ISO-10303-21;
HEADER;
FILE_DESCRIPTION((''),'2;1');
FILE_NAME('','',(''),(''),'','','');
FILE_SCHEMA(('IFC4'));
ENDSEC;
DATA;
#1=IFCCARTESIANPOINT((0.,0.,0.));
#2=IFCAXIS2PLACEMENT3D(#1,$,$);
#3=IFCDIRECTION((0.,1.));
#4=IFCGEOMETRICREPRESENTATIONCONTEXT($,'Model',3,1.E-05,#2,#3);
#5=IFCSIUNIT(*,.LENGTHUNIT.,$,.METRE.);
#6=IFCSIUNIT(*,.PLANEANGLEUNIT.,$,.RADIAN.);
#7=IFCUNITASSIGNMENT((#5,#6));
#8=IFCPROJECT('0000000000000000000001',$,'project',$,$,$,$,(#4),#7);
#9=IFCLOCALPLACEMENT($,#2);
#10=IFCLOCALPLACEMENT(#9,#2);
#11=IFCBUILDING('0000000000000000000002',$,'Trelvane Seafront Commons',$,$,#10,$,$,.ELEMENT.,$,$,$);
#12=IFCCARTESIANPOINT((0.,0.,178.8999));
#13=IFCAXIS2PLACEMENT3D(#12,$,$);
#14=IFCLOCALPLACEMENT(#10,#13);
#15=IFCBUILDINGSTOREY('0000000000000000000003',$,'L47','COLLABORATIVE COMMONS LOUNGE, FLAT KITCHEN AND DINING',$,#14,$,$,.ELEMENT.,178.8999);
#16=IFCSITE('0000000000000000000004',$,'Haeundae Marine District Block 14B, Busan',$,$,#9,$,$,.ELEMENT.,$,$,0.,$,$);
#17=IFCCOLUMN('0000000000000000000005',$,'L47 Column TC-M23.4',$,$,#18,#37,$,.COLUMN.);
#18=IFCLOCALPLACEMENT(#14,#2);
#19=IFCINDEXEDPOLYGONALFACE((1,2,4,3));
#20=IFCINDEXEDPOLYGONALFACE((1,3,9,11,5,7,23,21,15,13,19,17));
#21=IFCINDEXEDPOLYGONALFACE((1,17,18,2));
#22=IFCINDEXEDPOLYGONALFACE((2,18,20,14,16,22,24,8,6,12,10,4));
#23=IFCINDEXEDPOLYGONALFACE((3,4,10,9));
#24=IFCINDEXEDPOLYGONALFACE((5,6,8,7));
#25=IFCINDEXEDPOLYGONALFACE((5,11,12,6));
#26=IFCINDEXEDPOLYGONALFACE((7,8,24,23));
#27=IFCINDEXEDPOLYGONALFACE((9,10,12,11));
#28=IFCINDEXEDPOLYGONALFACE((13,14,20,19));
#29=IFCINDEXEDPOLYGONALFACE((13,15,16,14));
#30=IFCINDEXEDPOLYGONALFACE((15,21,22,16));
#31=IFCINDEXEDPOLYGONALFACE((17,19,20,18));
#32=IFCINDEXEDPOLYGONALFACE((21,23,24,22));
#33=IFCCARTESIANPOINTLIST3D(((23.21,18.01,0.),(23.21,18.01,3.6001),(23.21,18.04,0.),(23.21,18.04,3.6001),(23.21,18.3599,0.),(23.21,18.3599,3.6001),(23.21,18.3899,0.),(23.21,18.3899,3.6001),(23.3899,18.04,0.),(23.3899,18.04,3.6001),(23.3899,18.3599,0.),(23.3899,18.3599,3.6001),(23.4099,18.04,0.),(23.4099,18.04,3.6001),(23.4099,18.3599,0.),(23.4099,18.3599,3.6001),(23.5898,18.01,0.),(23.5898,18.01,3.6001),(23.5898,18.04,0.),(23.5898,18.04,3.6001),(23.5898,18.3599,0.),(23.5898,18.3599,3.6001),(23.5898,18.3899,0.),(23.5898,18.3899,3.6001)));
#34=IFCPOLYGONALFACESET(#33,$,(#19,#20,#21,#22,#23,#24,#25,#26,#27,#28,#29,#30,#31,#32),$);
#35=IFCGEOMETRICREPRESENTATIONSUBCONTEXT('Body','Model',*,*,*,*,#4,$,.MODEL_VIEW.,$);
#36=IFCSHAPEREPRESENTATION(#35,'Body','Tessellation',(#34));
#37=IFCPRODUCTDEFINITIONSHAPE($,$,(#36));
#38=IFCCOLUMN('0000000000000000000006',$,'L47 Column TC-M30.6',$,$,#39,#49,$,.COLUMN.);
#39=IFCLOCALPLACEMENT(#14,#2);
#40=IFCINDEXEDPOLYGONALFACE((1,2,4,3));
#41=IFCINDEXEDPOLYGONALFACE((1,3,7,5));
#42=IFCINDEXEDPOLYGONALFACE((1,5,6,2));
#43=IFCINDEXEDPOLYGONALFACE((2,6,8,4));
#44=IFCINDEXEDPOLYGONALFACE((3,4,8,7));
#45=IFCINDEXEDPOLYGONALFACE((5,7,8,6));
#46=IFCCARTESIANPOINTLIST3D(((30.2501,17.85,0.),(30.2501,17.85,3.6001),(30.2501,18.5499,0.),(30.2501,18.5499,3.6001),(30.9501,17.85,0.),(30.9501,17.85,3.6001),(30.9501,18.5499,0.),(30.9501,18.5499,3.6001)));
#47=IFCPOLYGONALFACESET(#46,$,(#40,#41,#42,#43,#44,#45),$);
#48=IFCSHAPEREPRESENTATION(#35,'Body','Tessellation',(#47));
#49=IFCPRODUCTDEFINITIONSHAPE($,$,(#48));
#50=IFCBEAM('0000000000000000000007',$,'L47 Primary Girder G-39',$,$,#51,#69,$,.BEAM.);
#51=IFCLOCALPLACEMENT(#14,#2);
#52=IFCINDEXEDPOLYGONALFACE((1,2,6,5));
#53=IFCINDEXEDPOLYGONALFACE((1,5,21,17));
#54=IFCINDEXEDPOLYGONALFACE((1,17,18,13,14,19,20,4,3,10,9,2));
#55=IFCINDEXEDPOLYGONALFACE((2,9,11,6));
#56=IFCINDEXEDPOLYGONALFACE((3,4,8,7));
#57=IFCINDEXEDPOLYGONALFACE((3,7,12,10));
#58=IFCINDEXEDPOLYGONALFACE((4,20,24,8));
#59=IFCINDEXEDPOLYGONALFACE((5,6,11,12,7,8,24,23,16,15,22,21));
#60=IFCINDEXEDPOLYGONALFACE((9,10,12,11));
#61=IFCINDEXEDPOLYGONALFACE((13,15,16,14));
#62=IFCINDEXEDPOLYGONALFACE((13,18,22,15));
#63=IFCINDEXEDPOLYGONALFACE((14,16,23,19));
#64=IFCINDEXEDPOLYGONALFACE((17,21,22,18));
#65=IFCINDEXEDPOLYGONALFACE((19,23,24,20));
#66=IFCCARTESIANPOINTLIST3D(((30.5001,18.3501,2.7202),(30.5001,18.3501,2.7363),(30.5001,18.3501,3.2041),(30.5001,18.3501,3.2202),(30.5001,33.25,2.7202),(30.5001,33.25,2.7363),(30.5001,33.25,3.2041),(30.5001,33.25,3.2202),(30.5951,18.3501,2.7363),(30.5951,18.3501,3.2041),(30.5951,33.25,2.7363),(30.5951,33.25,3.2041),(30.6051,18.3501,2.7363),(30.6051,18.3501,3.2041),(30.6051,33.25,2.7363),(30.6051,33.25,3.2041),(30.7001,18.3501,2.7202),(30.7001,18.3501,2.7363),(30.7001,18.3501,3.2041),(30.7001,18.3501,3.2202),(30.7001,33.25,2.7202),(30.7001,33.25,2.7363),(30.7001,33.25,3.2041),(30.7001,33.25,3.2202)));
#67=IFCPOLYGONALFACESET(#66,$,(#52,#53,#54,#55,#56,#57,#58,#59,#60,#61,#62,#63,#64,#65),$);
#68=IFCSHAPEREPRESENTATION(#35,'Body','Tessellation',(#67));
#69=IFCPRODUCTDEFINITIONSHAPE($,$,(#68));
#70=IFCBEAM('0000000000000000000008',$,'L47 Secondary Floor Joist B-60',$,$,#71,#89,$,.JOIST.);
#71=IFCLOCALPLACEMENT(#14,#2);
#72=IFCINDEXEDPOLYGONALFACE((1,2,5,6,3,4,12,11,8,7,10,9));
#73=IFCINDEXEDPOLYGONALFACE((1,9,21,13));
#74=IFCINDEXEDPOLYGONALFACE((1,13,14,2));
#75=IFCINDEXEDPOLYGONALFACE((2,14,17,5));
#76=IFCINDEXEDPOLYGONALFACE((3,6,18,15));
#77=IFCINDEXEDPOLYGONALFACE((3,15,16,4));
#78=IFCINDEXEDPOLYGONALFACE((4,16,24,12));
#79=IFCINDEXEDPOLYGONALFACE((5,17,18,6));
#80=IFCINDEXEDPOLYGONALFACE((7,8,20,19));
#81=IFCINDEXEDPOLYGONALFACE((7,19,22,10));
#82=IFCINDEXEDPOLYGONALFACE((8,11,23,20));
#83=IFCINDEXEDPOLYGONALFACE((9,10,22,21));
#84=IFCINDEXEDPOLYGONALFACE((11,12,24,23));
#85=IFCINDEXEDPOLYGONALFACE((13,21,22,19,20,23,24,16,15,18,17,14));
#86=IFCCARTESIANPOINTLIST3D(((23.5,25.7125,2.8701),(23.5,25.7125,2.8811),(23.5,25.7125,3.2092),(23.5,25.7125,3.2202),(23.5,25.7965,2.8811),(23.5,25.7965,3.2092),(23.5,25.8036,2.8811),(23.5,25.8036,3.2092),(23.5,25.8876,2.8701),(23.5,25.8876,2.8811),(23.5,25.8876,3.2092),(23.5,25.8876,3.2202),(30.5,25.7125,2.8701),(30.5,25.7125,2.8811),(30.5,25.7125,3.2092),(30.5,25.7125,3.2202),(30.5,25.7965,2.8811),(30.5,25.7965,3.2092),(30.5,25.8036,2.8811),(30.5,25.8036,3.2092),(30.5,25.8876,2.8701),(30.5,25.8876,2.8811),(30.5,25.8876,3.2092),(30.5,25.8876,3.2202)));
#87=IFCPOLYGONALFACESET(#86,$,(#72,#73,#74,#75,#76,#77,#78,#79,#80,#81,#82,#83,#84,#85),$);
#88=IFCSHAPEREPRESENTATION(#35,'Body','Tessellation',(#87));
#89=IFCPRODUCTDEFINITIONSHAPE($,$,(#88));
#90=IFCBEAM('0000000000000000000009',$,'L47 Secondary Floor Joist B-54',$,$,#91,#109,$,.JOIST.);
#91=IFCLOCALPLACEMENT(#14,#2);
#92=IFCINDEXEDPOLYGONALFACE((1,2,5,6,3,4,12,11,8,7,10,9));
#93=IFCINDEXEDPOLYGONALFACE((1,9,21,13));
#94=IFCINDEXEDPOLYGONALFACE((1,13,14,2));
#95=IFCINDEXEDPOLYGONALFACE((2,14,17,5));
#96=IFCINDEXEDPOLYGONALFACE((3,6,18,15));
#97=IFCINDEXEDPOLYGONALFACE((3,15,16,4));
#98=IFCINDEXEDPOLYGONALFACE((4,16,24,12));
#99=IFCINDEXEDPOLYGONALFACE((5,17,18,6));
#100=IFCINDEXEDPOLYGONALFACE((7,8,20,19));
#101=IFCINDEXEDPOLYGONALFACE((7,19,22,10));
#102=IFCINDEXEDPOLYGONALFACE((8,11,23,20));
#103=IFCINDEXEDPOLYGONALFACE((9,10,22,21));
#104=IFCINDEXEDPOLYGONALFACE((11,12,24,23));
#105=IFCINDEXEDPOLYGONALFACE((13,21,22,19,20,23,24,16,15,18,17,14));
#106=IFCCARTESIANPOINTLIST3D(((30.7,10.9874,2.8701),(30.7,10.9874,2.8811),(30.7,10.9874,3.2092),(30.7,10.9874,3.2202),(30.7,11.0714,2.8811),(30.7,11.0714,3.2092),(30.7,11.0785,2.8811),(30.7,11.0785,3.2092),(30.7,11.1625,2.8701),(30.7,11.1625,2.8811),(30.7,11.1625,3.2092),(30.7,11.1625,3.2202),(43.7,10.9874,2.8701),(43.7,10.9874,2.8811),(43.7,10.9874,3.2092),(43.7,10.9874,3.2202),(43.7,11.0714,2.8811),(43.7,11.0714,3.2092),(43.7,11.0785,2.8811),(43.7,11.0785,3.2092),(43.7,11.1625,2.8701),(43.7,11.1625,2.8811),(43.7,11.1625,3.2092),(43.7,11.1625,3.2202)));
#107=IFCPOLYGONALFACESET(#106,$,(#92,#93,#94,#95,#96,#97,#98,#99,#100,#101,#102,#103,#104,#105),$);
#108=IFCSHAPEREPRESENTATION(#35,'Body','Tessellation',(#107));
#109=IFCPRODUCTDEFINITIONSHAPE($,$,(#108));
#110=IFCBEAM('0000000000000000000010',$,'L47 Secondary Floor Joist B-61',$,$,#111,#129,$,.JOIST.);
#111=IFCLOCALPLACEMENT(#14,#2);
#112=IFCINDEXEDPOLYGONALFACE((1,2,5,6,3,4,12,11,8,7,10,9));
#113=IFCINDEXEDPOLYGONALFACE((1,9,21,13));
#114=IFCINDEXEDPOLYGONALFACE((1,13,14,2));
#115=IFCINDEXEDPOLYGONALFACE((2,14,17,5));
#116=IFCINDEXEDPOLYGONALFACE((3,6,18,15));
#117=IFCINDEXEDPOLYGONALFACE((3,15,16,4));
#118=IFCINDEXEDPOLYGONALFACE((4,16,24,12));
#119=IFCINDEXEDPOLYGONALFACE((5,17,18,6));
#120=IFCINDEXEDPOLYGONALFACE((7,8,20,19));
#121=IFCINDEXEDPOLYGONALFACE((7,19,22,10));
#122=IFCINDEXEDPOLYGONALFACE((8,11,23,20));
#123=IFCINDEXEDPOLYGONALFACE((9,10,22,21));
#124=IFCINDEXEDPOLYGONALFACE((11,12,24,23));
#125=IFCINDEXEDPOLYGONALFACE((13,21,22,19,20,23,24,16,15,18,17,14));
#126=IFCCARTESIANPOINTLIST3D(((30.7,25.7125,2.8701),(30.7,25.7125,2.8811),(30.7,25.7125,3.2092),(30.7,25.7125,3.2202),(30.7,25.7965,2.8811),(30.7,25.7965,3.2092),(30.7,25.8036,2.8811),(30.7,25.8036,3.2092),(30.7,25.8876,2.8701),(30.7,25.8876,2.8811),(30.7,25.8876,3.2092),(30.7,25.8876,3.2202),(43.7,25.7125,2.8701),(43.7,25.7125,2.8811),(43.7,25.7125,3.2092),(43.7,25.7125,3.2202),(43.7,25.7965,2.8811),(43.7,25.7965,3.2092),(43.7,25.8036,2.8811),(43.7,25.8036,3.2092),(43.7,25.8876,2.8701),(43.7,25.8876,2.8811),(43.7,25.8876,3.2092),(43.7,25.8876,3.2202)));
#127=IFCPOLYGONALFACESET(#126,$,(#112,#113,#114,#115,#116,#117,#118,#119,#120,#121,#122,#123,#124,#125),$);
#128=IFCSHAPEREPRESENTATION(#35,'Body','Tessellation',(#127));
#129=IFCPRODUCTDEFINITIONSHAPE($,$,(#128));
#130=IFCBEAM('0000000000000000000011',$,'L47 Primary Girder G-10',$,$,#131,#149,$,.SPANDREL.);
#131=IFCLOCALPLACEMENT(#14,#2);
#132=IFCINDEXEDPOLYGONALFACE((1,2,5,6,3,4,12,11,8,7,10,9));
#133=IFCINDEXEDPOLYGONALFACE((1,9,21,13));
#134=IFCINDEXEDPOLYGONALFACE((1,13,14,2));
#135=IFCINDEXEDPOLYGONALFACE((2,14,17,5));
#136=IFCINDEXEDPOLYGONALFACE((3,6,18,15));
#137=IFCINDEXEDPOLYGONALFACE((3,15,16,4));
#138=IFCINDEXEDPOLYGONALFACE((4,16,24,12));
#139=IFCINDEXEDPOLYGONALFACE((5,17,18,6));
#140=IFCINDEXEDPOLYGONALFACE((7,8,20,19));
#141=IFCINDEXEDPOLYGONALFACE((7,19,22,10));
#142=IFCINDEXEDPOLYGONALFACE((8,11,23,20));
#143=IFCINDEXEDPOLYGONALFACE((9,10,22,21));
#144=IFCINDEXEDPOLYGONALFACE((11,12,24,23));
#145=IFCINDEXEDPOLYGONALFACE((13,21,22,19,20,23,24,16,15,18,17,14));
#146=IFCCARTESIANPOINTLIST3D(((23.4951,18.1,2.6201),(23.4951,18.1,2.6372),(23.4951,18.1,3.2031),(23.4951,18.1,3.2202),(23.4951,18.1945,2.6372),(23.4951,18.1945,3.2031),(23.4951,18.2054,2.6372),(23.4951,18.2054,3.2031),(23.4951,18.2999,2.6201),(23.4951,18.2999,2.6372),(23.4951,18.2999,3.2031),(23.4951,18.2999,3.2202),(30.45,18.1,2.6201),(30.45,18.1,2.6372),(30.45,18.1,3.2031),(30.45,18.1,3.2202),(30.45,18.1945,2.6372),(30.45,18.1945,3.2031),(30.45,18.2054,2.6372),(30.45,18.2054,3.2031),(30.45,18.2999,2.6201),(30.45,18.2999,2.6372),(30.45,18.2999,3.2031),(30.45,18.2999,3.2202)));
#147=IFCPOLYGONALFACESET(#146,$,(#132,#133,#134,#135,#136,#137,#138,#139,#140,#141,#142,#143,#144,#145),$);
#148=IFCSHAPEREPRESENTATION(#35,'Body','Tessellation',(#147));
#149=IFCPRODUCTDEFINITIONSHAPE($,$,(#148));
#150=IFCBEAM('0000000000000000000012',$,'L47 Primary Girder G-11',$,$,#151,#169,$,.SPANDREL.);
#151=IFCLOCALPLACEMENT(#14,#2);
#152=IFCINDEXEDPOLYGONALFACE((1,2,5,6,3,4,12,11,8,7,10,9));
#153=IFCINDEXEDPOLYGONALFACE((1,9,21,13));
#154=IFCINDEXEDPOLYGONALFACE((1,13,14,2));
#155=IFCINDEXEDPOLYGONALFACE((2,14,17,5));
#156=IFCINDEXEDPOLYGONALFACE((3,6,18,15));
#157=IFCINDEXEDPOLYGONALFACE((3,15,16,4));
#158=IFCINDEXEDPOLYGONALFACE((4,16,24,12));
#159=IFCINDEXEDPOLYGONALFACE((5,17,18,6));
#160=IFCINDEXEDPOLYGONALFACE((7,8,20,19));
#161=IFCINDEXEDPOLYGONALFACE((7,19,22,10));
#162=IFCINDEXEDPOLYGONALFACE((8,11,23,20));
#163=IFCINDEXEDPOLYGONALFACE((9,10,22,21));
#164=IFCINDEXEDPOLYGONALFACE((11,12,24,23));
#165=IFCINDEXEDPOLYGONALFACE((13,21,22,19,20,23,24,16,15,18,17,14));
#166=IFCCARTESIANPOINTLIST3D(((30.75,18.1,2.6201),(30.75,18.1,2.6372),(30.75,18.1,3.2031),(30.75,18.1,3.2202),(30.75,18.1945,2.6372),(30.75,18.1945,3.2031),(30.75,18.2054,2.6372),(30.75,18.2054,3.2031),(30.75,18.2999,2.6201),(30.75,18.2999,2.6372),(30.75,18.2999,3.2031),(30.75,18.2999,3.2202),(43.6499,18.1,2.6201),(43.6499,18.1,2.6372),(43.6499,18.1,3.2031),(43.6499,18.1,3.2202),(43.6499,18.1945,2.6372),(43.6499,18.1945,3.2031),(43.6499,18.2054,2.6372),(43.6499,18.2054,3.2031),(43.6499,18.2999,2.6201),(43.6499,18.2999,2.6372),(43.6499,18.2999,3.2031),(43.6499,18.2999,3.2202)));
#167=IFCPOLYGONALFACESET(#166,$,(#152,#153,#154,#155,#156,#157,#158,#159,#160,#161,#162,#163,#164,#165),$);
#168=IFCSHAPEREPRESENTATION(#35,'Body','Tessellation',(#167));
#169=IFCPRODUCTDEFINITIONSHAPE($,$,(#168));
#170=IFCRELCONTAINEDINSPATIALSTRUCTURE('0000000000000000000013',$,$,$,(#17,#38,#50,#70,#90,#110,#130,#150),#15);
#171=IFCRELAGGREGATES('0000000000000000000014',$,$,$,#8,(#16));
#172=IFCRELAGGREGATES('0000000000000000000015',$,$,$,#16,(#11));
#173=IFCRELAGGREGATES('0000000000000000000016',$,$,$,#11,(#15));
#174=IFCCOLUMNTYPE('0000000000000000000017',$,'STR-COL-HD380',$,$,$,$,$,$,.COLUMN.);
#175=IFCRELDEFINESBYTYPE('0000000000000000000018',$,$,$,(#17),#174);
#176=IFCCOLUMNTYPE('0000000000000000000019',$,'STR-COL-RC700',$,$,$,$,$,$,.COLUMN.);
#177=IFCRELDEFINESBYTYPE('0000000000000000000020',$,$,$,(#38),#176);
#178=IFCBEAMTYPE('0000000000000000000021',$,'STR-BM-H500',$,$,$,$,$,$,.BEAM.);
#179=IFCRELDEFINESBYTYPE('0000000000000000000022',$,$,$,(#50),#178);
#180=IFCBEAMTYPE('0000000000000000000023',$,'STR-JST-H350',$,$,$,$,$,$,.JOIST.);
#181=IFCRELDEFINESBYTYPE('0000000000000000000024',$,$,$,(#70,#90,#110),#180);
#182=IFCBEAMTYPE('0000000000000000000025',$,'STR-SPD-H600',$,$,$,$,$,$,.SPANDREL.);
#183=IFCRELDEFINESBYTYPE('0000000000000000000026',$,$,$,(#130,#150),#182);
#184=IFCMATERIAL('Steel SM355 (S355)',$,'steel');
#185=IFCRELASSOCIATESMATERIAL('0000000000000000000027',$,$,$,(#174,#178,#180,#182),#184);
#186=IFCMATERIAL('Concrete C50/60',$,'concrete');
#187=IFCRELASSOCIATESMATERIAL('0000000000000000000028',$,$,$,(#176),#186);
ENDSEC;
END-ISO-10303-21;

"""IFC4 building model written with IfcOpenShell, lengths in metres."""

from ifc_helpers import new_model, si_unit, direction, frame, origin, origin_2d, place, context, subcontext, project, spatial, rectangle, i_section, extrude, source, transform, mapped, material, material_profile, profile_set, type_object, element, save


model = new_model("IFC4")

# Units and contexts
model_context = context("Model", 3, precision=1e-05, world=origin(), true_north=direction((0.0, 1.0)))
body_context = subcontext(model_context, "Body", "Model", "MODEL_VIEW")
ifc_project = project(units=[si_unit("LENGTHUNIT", "METRE"), si_unit("PLANEANGLEUNIT", "RADIAN")], contexts=[model_context])

# Site, building, storey
site_placement = place(None, origin())
site = spatial("IfcSite", under=ifc_project, at=site_placement, Name="Haeundae Marine District Block 14B, Busan", CompositionType="ELEMENT", RefElevation=0.0)
building_placement = place(site_placement, origin())
building = spatial("IfcBuilding", under=site, at=building_placement, Name="Trelvane Seafront Commons", CompositionType="ELEMENT")
storey_placement = place(building_placement, frame((0.0, 0.0, 178.8999)))
storey = spatial("IfcBuildingStorey", under=building, at=storey_placement, Name="L47", Description="COLLABORATIVE COMMONS LOUNGE, FLAT KITCHEN AND DINING", CompositionType="ELEMENT", Elevation=178.8999)

# Columns
ifc_material_1 = material(Name="Steel SM355 (S355)", Category="steel")
ifc_material_profile_1 = material_profile(ifc_material_1, i_section(OverallWidth=0.3799, OverallDepth=0.3799, WebThickness=0.02, FlangeThickness=0.03, at=origin_2d()), Name="HD-380x380x20x30")
ifc_profile_set_1 = profile_set([ifc_material_profile_1], Name="Steel SM355 (S355)")
column_type_1 = type_object("IfcColumnType", Name="STR-COL-HD380", PredefinedType="COLUMN", material=ifc_profile_set_1)
shared_shape_1 = source(origin(), body_context, "Body", "SweptSolid", [
    extrude(i_section(OverallWidth=0.3799, OverallDepth=0.3799, WebThickness=0.02, FlangeThickness=0.03, at=origin_2d()), origin(), (0.0, 0.0, 1.0), 3.6001),
])
column_1_placement = place(storey_placement, frame((23.3999, 18.2, 0.0), z_axis=(0.0, 0.0, 1.0), x_axis=(1.0, 0.0, 0.0)))
element("IfcColumn", 1, at=column_1_placement, inside=storey, type_object=column_type_1, Name="L47 Column TC-M23.4", PredefinedType="COLUMN", context=body_context, shape_type="MappedRepresentation", body=[
    mapped(shared_shape_1, transform((0.0, 0.0, 0.0), x_axis=(1.0, 0.0, 0.0), y_axis=(0.0, 1.0, 0.0), z_axis=(0.0, 0.0, 1.0), scale=1.0)),
])
ifc_material_2 = material(Name="Concrete C50/60", Category="concrete")
ifc_material_profile_2 = material_profile(ifc_material_2, rectangle(XDim=0.7, YDim=0.7, at=origin_2d()), Name="RC-700x700")
ifc_profile_set_2 = profile_set([ifc_material_profile_2], Name="Concrete C50/60")
column_type_2 = type_object("IfcColumnType", Name="STR-COL-RC700", PredefinedType="COLUMN", material=ifc_profile_set_2)
shared_shape_2 = source(origin(), body_context, "Body", "SweptSolid", [
    extrude(rectangle(XDim=0.7, YDim=0.7, at=origin_2d()), origin(), (0.0, 0.0, 1.0), 3.6001),
])
column_2_placement = place(storey_placement, frame((30.6001, 18.2, 0.0), z_axis=(0.0, 0.0, 1.0), x_axis=(1.0, 0.0, 0.0)))
element("IfcColumn", 2, at=column_2_placement, inside=storey, type_object=column_type_2, Name="L47 Column TC-M30.6", PredefinedType="COLUMN", context=body_context, shape_type="MappedRepresentation", body=[
    mapped(shared_shape_2, transform((0.0, 0.0, 0.0), x_axis=(1.0, 0.0, 0.0), y_axis=(0.0, 1.0, 0.0), z_axis=(0.0, 0.0, 1.0), scale=1.0)),
])

# Beams
ifc_material_profile_3 = material_profile(ifc_material_1, i_section(OverallWidth=0.2, OverallDepth=0.5, WebThickness=0.01, FlangeThickness=0.0161, at=origin_2d()), Name="H-500x200x10x16")
ifc_profile_set_3 = profile_set([ifc_material_profile_3], Name="Steel SM355 (S355)")
beam_type_1 = type_object("IfcBeamType", Name="STR-BM-H500", PredefinedType="BEAM", material=ifc_profile_set_3)
shared_shape_3 = source(origin(), body_context, "Body", "SweptSolid", [
    extrude(i_section(OverallWidth=0.2, OverallDepth=0.5, WebThickness=0.01, FlangeThickness=0.0161, at=origin_2d()), origin(), (0.0, 0.0, 1.0), 14.8999),
])
beam_1_placement = place(storey_placement, frame((30.6001, 18.3501, 2.9702), z_axis=(0.0, 1.0, 0.0), x_axis=(-1.0, 0.0, 0.0)))
element("IfcBeam", 3, at=beam_1_placement, inside=storey, type_object=beam_type_1, Name="L47 Primary Girder G-39", PredefinedType="BEAM", context=body_context, shape_type="MappedRepresentation", body=[
    mapped(shared_shape_3, transform((0.0, 0.0, 0.0), x_axis=(1.0, 0.0, 0.0), y_axis=(0.0, 1.0, 0.0), z_axis=(0.0, 0.0, 1.0), scale=1.0)),
])
ifc_material_profile_4 = material_profile(ifc_material_1, i_section(OverallWidth=0.175, OverallDepth=0.3501, WebThickness=0.0071, FlangeThickness=0.011, at=origin_2d()), Name="H-350x175x7x11")
ifc_profile_set_4 = profile_set([ifc_material_profile_4], Name="Steel SM355 (S355)")
beam_type_2 = type_object("IfcBeamType", Name="STR-JST-H350", PredefinedType="JOIST", material=ifc_profile_set_4)
shared_shape_4 = source(origin(), body_context, "Body", "SweptSolid", [
    extrude(i_section(OverallWidth=0.175, OverallDepth=0.3501, WebThickness=0.0071, FlangeThickness=0.011, at=origin_2d()), origin(), (0.0, 0.0, 1.0), 7.0),
])
beam_2_placement = place(storey_placement, frame((23.5, 25.8, 3.0452), z_axis=(1.0, 0.0, 0.0), x_axis=(0.0, 1.0, 0.0)))
element("IfcBeam", 4, at=beam_2_placement, inside=storey, type_object=beam_type_2, Name="L47 Secondary Floor Joist B-60", PredefinedType="JOIST", context=body_context, shape_type="MappedRepresentation", body=[
    mapped(shared_shape_4, transform((0.0, 0.0, 0.0), x_axis=(1.0, 0.0, 0.0), y_axis=(0.0, 1.0, 0.0), z_axis=(0.0, 0.0, 1.0), scale=1.0)),
])
shared_shape_5 = source(origin(), body_context, "Body", "SweptSolid", [
    extrude(i_section(OverallWidth=0.175, OverallDepth=0.3501, WebThickness=0.0071, FlangeThickness=0.011, at=origin_2d()), origin(), (0.0, 0.0, 1.0), 13.0),
])
for number, where, z_axis, x_axis, name in (
    (5, (30.7, 11.075, 3.0452), (1.0, 0.0, 0.0), (0.0, 1.0, 0.0), "L47 Secondary Floor Joist B-54"),
    (6, (30.7, 25.8, 3.0452), (1.0, 0.0, 0.0), (0.0, 1.0, 0.0), "L47 Secondary Floor Joist B-61"),
):
    element("IfcBeam", number, at=place(storey_placement, frame(where, z_axis=z_axis, x_axis=x_axis)), inside=storey, type_object=beam_type_2, Name=name, PredefinedType="JOIST", context=body_context, shape_type="MappedRepresentation", body=[
        mapped(shared_shape_5, transform((0.0, 0.0, 0.0), x_axis=(1.0, 0.0, 0.0), y_axis=(0.0, 1.0, 0.0), z_axis=(0.0, 0.0, 1.0), scale=1.0)),
    ])
ifc_material_profile_5 = material_profile(ifc_material_1, i_section(OverallWidth=0.2, OverallDepth=0.6001, WebThickness=0.011, FlangeThickness=0.0171, at=origin_2d()), Name="H-600x200x11x17")
ifc_profile_set_5 = profile_set([ifc_material_profile_5], Name="Steel SM355 (S355)")
beam_type_3 = type_object("IfcBeamType", Name="STR-SPD-H600", PredefinedType="SPANDREL", material=ifc_profile_set_5)
shared_shape_6 = source(origin(), body_context, "Body", "SweptSolid", [
    extrude(i_section(OverallWidth=0.2, OverallDepth=0.6001, WebThickness=0.011, FlangeThickness=0.0171, at=origin_2d()), origin(), (0.0, 0.0, 1.0), 6.9548),
])
beam_3_placement = place(storey_placement, frame((23.4951, 18.2, 2.9202), z_axis=(1.0, 0.0, 0.0), x_axis=(0.0, 1.0, 0.0)))
element("IfcBeam", 7, at=beam_3_placement, inside=storey, type_object=beam_type_3, Name="L47 Primary Girder G-10", PredefinedType="SPANDREL", context=body_context, shape_type="MappedRepresentation", body=[
    mapped(shared_shape_6, transform((0.0, 0.0, 0.0), x_axis=(1.0, 0.0, 0.0), y_axis=(0.0, 1.0, 0.0), z_axis=(0.0, 0.0, 1.0), scale=1.0)),
])
shared_shape_7 = source(origin(), body_context, "Body", "SweptSolid", [
    extrude(i_section(OverallWidth=0.2, OverallDepth=0.6001, WebThickness=0.011, FlangeThickness=0.0171, at=origin_2d()), origin(), (0.0, 0.0, 1.0), 12.8999),
])
beam_4_placement = place(storey_placement, frame((30.75, 18.2, 2.9202), z_axis=(1.0, 0.0, 0.0), x_axis=(0.0, 1.0, 0.0)))
element("IfcBeam", 8, at=beam_4_placement, inside=storey, type_object=beam_type_3, Name="L47 Primary Girder G-11", PredefinedType="SPANDREL", context=body_context, shape_type="MappedRepresentation", body=[
    mapped(shared_shape_7, transform((0.0, 0.0, 0.0), x_axis=(1.0, 0.0, 0.0), y_axis=(0.0, 1.0, 0.0), z_axis=(0.0, 0.0, 1.0), scale=1.0)),
])

save(model, "model.ifc")
